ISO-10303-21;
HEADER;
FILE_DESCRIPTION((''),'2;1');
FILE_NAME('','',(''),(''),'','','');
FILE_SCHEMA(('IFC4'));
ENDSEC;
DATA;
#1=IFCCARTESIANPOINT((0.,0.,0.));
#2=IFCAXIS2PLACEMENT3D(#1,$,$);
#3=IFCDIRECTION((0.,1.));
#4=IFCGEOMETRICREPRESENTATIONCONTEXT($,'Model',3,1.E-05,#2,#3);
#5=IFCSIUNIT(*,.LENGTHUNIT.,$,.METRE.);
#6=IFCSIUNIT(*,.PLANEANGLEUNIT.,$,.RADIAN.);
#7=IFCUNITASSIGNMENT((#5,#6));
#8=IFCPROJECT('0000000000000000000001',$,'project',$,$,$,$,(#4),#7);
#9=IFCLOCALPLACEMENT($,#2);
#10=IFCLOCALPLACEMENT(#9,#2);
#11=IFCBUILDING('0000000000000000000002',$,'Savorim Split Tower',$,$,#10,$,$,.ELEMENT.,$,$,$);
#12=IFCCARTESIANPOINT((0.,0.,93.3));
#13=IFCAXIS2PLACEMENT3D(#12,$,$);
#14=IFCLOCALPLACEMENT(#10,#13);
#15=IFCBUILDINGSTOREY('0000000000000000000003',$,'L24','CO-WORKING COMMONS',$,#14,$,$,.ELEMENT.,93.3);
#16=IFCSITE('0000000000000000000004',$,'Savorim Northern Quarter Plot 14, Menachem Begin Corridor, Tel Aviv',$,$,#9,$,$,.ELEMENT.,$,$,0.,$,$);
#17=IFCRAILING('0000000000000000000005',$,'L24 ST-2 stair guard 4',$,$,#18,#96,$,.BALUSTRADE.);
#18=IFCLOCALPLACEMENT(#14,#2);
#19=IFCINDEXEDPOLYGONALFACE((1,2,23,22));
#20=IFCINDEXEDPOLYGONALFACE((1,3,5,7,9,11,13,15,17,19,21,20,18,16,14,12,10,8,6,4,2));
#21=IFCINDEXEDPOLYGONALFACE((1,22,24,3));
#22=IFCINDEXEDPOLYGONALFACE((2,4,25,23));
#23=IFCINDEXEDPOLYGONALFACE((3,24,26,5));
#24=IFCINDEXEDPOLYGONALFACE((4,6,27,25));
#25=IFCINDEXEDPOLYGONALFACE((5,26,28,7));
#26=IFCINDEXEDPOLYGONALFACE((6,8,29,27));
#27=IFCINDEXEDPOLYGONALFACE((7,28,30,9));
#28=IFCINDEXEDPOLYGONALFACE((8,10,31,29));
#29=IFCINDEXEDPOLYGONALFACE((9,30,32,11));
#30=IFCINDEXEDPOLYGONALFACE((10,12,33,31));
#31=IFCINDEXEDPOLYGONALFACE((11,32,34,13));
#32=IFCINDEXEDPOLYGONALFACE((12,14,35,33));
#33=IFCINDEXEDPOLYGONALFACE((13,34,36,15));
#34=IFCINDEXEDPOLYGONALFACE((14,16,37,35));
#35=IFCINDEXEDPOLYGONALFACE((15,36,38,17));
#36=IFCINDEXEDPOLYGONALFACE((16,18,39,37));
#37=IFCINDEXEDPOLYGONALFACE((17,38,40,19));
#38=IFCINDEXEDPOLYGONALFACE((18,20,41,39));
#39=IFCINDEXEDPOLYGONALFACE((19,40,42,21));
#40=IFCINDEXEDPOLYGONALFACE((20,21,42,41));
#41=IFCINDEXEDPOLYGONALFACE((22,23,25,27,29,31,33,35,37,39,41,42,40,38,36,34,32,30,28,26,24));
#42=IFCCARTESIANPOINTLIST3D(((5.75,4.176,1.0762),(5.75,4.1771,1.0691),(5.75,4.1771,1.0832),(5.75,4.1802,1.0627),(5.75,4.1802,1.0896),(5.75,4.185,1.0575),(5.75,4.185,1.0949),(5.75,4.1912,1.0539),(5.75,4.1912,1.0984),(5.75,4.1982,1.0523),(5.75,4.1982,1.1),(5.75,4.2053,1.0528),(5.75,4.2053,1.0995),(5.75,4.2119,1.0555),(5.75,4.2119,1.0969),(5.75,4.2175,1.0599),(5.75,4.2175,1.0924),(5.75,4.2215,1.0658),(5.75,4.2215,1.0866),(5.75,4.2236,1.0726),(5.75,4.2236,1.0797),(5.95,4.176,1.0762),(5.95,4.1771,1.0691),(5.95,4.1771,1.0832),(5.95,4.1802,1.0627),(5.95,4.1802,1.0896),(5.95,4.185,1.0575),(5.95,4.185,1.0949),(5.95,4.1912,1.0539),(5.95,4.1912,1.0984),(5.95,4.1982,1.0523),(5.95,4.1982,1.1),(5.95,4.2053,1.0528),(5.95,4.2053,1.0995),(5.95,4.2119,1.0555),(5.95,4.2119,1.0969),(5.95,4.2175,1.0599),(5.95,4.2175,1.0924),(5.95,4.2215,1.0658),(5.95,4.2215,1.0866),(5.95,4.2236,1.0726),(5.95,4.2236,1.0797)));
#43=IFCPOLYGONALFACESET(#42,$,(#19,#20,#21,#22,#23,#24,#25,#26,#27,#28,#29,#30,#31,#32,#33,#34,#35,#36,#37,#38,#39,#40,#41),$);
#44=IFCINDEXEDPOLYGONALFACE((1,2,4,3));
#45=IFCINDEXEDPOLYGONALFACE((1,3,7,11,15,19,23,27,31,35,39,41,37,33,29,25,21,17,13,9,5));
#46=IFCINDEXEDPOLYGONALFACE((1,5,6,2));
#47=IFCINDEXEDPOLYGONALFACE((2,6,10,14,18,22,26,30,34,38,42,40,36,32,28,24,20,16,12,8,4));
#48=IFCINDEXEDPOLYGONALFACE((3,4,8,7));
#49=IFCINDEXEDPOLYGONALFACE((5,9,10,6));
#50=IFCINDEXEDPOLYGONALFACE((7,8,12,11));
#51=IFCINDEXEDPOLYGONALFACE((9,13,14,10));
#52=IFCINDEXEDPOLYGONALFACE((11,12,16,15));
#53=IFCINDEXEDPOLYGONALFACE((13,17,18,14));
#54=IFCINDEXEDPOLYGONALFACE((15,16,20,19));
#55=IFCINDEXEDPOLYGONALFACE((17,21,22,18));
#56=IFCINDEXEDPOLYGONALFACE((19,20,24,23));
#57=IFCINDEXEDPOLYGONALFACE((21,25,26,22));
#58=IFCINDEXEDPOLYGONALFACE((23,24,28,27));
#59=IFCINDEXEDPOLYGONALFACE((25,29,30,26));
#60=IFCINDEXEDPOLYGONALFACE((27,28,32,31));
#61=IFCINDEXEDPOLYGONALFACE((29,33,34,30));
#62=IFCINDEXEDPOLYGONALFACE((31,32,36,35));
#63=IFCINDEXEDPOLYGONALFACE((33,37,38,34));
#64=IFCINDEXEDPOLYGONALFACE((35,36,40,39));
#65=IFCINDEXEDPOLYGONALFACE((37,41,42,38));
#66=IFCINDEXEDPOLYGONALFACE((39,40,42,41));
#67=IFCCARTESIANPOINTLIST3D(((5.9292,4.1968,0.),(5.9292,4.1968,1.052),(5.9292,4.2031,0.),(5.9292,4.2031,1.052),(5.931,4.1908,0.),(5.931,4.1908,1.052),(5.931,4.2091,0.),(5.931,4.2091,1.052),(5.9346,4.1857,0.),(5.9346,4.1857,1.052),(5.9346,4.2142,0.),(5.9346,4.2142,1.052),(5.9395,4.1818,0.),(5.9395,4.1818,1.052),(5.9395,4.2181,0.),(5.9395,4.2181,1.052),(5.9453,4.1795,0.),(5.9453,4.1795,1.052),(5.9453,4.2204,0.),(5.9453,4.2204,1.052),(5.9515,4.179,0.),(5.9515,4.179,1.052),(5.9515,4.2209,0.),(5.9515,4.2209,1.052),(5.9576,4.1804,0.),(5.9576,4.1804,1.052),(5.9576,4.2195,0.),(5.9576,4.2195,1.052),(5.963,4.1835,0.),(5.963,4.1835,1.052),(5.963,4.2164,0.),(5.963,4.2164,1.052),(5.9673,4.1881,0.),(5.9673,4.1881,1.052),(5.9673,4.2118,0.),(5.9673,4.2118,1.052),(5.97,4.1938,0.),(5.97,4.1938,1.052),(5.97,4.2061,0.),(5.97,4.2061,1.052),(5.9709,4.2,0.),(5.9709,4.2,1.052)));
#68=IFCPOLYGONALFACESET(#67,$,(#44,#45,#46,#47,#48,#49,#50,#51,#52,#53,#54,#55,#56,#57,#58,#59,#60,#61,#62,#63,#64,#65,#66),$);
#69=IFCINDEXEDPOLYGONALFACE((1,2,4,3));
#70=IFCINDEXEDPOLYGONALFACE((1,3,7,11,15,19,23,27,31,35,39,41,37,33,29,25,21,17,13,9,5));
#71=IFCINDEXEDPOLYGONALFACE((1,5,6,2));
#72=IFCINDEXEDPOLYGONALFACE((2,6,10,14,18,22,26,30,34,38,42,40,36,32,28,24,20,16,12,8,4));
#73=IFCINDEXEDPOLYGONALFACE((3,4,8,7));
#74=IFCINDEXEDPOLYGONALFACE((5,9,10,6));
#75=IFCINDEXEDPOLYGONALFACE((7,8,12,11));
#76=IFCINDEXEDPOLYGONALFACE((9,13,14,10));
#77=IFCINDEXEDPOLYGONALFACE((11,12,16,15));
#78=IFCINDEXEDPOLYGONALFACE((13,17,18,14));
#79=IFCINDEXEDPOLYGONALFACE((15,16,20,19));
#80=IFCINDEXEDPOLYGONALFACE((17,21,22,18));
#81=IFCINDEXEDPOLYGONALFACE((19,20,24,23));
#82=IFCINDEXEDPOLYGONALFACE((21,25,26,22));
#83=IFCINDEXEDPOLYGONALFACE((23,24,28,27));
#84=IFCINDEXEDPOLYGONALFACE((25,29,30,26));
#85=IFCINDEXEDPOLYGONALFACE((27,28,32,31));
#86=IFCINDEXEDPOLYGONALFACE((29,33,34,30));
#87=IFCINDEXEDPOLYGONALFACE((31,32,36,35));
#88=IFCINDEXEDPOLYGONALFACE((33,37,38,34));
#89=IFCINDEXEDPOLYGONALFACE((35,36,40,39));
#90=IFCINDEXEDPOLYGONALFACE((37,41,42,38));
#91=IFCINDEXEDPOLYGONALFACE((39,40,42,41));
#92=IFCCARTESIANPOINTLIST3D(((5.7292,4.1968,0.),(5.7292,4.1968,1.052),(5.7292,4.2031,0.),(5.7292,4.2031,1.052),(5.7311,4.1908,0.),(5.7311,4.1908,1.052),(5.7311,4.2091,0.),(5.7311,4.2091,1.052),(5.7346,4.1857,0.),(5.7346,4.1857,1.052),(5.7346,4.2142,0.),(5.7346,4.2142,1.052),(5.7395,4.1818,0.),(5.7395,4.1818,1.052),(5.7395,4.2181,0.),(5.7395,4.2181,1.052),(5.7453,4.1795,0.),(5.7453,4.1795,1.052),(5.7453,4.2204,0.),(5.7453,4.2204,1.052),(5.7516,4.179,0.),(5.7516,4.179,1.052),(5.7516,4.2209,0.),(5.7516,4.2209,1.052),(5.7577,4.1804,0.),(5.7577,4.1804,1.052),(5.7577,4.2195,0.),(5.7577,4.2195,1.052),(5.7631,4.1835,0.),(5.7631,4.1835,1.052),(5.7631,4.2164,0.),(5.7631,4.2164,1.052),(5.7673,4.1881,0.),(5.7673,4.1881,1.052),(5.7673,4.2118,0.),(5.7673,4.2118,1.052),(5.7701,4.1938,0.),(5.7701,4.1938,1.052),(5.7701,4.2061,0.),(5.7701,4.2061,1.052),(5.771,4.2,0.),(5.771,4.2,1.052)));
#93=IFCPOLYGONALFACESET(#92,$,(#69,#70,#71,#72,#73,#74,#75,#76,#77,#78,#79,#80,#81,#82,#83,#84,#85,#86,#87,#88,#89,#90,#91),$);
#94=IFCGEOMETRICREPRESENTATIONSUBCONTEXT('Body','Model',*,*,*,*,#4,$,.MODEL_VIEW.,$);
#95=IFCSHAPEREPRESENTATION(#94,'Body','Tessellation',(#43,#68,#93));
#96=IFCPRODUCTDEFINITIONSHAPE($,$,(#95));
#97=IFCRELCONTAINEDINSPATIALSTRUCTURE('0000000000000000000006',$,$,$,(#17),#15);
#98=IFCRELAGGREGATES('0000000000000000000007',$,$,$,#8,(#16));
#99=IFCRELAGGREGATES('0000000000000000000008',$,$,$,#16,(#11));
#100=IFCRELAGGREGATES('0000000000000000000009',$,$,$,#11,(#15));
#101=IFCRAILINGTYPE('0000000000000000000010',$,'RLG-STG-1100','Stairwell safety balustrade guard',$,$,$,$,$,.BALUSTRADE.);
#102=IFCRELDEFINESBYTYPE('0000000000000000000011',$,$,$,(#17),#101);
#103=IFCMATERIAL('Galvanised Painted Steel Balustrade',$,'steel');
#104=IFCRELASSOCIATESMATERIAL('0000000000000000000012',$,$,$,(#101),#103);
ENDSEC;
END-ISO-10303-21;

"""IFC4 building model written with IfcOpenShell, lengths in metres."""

from ifc_helpers import new_model, si_unit, direction, frame, origin, origin_2d, place, context, subcontext, project, spatial, circle, extrude, material, type_object, element, save


model = new_model("IFC4")

# Units and contexts
model_context = context("Model", 3, precision=1e-05, world=origin(), true_north=direction((0.0, 1.0)))
body_context = subcontext(model_context, "Body", "Model", "MODEL_VIEW")
ifc_project = project(units=[si_unit("LENGTHUNIT", "METRE"), si_unit("PLANEANGLEUNIT", "RADIAN")], contexts=[model_context])

# Site, building, storey
site_placement = place(None, origin())
site = spatial("IfcSite", under=ifc_project, at=site_placement, Name="Savorim Northern Quarter Plot 14, Menachem Begin Corridor, Tel Aviv", CompositionType="ELEMENT", RefElevation=0.0)
building_placement = place(site_placement, origin())
building = spatial("IfcBuilding", under=site, at=building_placement, Name="Savorim Split Tower", CompositionType="ELEMENT")
storey_placement = place(building_placement, frame((0.0, 0.0, 93.3)))
storey = spatial("IfcBuildingStorey", under=building, at=storey_placement, Name="L24", Description="CO-WORKING COMMONS", CompositionType="ELEMENT", Elevation=93.3)

# Railing
ifc_material_1 = material(Name="Galvanised Painted Steel Balustrade", Category="steel")
railing_type_1 = type_object("IfcRailingType", Name="RLG-STG-1100", Description="Stairwell safety balustrade guard", PredefinedType="BALUSTRADE", material=ifc_material_1)
railing_1_placement = place(storey_placement, frame((5.95, 4.2, 0.0)))
element("IfcRailing", 1, at=railing_1_placement, inside=storey, type_object=railing_type_1, Name="L24 ST-2 stair guard 4", PredefinedType="BALUSTRADE", context=body_context, shape_type="SweptSolid", body=[
    extrude(circle(Radius=0.0239, at=origin_2d()), frame((0.0, 0.0, 1.0762), z_axis=(-1.0, 0.0, 0.0), x_axis=(0.0, -1.0, 0.0)), (0.0, 0.0, 1.0), 0.2),
    extrude(circle(Radius=0.021, at=origin_2d()), origin(), (0.0, 0.0, 1.0), 1.052),
    extrude(circle(Radius=0.021, at=origin_2d()), frame((-0.2, 0.0, 0.0)), (0.0, 0.0, 1.0), 1.052),
])

save(model, "model.ifc")
